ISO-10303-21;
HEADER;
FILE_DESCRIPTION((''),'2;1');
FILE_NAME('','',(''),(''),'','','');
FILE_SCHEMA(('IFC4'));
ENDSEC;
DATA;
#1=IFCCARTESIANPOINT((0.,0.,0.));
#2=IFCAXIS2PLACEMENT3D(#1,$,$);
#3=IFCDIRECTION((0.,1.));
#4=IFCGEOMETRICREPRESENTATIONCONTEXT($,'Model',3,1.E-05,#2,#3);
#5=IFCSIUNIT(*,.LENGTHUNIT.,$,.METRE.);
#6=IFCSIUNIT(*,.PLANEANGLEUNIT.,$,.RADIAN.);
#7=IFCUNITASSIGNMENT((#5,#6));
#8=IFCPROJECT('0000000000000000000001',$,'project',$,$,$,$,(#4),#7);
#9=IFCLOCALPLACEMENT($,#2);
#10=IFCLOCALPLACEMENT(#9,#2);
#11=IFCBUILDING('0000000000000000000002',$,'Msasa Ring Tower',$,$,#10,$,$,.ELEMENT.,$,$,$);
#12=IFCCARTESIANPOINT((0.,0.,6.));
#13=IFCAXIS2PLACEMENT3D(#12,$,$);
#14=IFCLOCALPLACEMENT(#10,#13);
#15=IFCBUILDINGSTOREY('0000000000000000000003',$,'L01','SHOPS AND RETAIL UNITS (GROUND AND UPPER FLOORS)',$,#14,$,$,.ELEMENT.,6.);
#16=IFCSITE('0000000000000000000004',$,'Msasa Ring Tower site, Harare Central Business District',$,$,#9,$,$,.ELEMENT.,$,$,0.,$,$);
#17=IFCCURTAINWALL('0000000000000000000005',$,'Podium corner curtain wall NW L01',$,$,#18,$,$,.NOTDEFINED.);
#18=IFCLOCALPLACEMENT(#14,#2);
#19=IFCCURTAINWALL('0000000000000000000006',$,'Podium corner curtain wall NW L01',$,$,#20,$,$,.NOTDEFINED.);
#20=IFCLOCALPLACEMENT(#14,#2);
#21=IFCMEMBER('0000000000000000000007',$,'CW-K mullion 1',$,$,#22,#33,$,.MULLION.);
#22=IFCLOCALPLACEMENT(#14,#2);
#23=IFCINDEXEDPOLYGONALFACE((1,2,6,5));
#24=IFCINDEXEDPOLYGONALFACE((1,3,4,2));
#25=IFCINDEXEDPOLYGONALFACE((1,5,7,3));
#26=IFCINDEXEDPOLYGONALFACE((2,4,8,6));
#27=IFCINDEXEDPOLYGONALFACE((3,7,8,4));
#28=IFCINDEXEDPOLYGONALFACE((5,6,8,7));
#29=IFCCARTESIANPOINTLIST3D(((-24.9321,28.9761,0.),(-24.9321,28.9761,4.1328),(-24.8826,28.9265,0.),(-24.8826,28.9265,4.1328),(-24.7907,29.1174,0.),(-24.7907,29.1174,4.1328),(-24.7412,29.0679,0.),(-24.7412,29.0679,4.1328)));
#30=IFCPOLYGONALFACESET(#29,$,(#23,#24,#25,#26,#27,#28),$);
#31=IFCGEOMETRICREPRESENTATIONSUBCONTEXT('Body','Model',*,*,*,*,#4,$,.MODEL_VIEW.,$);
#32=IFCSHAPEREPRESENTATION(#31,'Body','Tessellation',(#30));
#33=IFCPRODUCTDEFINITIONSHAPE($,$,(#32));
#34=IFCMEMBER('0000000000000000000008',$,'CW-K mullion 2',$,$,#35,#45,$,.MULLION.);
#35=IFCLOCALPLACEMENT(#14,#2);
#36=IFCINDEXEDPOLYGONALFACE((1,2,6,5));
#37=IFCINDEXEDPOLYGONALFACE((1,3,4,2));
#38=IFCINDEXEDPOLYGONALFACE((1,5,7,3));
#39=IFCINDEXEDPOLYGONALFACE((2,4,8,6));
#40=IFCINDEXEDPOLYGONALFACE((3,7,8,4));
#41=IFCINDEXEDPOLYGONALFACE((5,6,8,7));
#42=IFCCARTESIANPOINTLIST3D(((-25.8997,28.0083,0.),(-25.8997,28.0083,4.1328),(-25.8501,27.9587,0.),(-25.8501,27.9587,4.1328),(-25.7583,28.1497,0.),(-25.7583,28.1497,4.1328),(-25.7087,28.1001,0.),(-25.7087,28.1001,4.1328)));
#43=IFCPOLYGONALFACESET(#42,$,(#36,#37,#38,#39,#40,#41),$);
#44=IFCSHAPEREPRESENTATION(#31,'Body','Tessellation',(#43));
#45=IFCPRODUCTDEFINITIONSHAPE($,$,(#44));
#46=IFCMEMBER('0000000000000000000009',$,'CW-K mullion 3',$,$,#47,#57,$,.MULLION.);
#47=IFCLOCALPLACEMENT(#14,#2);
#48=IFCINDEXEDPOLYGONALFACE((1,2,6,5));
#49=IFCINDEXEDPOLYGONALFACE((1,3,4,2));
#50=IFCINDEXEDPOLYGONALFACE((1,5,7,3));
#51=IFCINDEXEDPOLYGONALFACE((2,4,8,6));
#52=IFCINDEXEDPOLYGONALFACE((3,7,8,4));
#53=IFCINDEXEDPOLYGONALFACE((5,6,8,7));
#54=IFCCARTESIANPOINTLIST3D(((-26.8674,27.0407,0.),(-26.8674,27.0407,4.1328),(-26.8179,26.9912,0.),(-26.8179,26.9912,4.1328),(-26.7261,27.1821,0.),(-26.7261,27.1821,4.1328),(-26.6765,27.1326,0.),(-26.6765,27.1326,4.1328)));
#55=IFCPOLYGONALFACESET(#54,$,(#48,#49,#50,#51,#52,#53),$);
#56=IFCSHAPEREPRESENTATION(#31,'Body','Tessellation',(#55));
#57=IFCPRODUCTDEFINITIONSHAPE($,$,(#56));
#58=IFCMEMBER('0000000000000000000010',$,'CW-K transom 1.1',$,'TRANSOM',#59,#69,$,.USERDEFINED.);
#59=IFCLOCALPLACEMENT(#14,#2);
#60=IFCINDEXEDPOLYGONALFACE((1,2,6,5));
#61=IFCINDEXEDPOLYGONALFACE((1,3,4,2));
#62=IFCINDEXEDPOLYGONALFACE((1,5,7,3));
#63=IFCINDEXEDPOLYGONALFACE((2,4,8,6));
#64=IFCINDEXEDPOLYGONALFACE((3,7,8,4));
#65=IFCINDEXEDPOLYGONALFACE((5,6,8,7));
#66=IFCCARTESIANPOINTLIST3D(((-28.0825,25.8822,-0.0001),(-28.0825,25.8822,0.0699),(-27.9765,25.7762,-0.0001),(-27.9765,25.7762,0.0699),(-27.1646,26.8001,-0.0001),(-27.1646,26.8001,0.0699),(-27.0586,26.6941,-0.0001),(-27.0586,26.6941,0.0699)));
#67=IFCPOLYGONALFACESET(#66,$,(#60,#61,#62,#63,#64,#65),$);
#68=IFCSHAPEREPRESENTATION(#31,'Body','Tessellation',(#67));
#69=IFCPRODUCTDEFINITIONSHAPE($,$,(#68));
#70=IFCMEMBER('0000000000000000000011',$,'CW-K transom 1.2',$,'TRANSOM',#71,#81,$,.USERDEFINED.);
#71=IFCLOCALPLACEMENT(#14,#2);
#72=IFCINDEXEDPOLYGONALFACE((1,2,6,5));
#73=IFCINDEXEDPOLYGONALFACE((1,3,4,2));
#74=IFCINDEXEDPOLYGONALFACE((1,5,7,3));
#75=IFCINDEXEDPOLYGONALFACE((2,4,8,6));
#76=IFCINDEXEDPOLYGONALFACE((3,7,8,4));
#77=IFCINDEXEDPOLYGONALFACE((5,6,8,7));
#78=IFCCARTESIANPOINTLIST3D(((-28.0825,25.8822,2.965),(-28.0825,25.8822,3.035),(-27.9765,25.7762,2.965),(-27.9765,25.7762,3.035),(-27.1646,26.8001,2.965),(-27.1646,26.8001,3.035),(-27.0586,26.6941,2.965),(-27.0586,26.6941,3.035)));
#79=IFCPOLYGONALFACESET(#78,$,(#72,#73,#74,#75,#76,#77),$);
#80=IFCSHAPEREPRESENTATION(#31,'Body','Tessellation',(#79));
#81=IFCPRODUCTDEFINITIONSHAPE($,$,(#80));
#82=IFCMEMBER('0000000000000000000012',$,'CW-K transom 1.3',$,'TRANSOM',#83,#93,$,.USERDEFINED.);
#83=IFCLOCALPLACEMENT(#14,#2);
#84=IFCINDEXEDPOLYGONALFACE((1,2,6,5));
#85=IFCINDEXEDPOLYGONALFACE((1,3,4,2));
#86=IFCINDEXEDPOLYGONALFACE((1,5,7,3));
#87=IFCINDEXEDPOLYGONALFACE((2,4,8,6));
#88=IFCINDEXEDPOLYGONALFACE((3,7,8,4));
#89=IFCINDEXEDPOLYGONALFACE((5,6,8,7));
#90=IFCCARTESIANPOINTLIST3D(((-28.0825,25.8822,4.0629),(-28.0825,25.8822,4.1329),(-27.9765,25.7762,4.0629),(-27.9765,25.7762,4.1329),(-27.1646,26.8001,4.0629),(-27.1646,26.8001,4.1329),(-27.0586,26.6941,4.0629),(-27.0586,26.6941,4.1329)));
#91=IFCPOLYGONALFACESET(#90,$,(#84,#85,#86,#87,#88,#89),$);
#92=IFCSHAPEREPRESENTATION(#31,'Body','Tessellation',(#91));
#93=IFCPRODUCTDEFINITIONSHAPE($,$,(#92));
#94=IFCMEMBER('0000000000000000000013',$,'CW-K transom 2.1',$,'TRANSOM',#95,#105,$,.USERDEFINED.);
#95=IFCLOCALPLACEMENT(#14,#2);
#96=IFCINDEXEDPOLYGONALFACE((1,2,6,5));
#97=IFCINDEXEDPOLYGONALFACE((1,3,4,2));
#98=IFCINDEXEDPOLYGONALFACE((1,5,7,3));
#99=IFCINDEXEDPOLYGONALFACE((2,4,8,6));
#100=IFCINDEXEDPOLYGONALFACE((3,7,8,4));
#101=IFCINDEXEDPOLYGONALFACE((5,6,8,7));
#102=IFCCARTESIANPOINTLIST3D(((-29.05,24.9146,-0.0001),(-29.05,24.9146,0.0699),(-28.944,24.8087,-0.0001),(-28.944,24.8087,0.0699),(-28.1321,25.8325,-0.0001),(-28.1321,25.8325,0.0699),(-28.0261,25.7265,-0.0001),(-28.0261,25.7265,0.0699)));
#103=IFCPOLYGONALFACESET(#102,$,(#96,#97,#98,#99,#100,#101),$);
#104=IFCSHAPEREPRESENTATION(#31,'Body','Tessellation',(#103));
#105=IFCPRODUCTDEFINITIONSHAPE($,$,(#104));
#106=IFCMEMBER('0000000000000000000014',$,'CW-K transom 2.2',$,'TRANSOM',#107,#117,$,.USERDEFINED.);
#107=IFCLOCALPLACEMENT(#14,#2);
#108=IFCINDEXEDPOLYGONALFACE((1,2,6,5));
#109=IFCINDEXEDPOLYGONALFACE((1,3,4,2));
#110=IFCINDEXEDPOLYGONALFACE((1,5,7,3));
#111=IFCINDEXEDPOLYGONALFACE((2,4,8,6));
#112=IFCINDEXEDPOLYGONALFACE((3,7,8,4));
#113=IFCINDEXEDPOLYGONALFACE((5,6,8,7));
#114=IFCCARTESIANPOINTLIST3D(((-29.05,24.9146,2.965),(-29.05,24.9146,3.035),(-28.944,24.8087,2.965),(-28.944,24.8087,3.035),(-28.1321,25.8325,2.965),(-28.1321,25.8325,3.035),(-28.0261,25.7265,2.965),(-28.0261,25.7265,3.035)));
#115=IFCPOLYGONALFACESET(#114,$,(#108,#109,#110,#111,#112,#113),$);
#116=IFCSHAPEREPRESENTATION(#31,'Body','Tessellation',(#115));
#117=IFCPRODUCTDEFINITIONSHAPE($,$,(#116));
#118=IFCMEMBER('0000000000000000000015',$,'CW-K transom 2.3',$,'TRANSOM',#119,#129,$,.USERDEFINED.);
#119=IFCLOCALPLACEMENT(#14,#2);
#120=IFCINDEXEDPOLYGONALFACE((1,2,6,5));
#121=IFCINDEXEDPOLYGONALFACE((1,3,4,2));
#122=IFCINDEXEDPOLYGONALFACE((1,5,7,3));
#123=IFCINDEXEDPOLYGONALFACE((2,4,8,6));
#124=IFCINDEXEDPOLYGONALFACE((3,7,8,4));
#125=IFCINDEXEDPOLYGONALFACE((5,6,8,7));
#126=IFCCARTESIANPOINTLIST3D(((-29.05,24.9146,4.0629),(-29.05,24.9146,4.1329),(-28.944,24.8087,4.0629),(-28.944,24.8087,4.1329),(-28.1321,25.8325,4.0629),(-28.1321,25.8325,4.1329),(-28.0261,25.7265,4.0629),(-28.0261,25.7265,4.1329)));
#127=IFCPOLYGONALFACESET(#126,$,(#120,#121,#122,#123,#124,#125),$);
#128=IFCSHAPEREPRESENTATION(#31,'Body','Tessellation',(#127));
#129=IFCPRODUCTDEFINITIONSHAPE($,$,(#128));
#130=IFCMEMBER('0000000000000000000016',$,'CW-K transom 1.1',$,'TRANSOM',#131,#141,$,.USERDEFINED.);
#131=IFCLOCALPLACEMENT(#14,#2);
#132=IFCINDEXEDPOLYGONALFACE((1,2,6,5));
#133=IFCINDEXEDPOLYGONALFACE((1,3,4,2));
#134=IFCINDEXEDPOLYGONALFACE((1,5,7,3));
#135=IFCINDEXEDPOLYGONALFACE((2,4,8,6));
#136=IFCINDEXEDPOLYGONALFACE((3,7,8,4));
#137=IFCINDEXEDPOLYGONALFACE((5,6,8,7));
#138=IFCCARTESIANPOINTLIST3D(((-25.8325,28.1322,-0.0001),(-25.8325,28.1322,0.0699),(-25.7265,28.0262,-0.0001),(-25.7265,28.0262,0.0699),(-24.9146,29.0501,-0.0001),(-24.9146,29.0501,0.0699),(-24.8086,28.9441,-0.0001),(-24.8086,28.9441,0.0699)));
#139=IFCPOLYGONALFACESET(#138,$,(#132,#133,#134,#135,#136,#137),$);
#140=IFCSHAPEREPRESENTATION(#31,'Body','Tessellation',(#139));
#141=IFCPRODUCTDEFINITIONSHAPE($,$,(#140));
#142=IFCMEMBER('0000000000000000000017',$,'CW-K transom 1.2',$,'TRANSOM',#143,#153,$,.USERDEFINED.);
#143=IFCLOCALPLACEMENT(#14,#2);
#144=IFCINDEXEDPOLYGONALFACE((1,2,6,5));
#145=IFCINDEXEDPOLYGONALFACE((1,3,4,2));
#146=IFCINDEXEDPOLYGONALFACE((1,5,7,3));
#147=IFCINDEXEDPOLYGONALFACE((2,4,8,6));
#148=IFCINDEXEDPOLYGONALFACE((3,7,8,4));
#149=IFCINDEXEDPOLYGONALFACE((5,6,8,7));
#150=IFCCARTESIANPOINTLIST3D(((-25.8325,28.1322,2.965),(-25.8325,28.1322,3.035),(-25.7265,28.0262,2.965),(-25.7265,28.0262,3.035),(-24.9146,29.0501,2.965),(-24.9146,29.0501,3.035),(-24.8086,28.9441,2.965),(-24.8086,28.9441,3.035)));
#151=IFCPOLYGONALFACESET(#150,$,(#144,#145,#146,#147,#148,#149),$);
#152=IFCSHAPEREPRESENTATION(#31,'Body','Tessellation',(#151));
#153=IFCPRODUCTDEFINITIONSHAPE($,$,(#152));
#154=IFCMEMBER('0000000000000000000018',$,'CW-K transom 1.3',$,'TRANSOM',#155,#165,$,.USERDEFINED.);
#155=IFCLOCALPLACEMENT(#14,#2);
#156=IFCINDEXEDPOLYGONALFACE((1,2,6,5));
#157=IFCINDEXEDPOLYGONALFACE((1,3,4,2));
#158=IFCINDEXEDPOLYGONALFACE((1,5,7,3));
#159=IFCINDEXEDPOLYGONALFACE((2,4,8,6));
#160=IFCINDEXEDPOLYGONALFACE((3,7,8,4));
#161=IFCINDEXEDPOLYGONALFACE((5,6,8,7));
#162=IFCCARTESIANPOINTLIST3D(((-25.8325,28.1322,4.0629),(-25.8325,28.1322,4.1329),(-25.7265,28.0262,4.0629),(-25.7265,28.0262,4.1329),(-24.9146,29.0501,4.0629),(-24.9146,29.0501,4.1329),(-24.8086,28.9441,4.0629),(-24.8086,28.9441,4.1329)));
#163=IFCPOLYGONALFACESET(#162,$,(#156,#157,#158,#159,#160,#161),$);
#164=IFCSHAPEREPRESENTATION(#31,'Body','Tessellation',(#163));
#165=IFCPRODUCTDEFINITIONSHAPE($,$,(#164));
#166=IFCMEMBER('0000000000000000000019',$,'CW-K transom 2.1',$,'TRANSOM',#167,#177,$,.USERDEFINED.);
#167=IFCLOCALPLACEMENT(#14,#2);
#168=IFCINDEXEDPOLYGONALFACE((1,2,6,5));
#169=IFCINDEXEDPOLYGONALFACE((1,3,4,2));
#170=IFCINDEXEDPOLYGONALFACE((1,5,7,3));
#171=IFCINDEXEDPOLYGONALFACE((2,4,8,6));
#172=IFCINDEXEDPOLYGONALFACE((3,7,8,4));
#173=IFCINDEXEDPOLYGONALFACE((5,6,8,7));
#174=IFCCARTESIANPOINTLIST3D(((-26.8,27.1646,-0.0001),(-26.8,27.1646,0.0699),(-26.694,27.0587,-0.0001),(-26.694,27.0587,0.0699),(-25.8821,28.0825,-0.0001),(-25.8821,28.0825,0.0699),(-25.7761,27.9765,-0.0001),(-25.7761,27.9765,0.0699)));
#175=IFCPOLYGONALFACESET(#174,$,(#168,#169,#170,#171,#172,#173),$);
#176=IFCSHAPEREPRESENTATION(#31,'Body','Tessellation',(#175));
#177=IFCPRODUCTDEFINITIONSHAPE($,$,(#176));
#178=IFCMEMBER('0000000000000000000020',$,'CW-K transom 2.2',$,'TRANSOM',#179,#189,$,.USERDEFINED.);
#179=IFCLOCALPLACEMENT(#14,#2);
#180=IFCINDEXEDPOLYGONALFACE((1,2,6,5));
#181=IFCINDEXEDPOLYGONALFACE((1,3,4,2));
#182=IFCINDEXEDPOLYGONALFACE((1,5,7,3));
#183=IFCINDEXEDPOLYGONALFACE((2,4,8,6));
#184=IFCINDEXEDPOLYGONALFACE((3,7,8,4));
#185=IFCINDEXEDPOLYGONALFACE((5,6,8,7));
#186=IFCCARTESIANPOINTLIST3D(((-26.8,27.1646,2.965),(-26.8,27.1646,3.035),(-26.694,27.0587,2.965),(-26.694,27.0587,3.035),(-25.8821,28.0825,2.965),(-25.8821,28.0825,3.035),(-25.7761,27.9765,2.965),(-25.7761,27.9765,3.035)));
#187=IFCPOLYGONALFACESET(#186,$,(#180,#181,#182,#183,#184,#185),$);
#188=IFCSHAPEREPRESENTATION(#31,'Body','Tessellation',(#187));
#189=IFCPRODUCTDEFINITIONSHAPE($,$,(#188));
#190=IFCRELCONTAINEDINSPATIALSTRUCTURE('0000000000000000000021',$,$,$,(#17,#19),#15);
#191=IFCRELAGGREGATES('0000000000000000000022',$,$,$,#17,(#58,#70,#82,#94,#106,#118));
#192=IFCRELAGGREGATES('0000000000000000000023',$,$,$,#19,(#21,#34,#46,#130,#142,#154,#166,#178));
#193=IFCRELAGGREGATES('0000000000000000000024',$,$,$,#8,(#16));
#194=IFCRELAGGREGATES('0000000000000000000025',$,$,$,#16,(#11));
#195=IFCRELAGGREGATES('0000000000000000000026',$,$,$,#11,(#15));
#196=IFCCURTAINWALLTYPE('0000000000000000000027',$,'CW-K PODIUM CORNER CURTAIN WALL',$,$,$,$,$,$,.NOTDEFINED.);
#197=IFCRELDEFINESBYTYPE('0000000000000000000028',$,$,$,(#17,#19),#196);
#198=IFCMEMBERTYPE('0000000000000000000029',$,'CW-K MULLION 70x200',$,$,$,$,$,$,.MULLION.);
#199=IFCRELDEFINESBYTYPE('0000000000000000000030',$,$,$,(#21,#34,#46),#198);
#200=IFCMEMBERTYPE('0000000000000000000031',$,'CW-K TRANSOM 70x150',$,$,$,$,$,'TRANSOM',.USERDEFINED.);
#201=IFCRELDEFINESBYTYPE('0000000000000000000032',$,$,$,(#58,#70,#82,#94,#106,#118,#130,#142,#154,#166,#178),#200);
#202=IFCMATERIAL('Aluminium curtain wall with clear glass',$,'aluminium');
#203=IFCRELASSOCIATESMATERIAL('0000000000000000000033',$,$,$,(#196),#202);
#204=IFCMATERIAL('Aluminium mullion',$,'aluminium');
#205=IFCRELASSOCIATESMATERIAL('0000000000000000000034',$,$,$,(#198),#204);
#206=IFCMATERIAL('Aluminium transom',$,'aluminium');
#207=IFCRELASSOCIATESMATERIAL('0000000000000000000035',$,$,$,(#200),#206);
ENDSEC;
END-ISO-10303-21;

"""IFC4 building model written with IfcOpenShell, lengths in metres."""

from ifc_helpers import new_model, si_unit, direction, frame, origin, origin_2d, place, context, subcontext, project, spatial, rectangle, extrude, material, material_profile, profile_set, type_object, element, aggregate, save


model = new_model("IFC4")

# Units and contexts
model_context = context("Model", 3, precision=1e-05, world=origin(), true_north=direction((0.0, 1.0)))
body_context = subcontext(model_context, "Body", "Model", "MODEL_VIEW")
ifc_project = project(units=[si_unit("LENGTHUNIT", "METRE"), si_unit("PLANEANGLEUNIT", "RADIAN")], contexts=[model_context])

# Site, building, storey
site_placement = place(None, origin())
site = spatial("IfcSite", under=ifc_project, at=site_placement, Name="Msasa Ring Tower site, Harare Central Business District", CompositionType="ELEMENT", RefElevation=0.0)
building_placement = place(site_placement, origin())
building = spatial("IfcBuilding", under=site, at=building_placement, Name="Msasa Ring Tower", CompositionType="ELEMENT")
storey_placement = place(building_placement, frame((0.0, 0.0, 6.0)))
storey = spatial("IfcBuildingStorey", under=building, at=storey_placement, Name="L01", Description="SHOPS AND RETAIL UNITS (GROUND AND UPPER FLOORS)", CompositionType="ELEMENT", Elevation=6.0)

# Curtain walls, members
ifc_material_1 = material(Name="Aluminium curtain wall with clear glass", Category="aluminium")
curtain_wall_type = type_object("IfcCurtainWallType", Name="CW-K PODIUM CORNER CURTAIN WALL", PredefinedType="NOTDEFINED", material=ifc_material_1)
curtain_wall_1_placement = place(storey_placement, origin())
curtain_wall_1 = element("IfcCurtainWall", 1, at=curtain_wall_1_placement, inside=storey, type_object=curtain_wall_type, Name="Podium corner curtain wall NW L01", PredefinedType="NOTDEFINED")
ifc_material_2 = material(Name="Aluminium mullion", Category="aluminium")
ifc_material_profile_1 = material_profile(ifc_material_2, rectangle(XDim=0.0701, YDim=0.2, at=origin_2d()), Name="AL 70x200")
ifc_profile_set_1 = profile_set([ifc_material_profile_1], Name="Aluminium mullion")
member_type_1 = type_object("IfcMemberType", Name="CW-K MULLION 70x200", PredefinedType="MULLION", material=ifc_profile_set_1)
curtain_wall_2_placement = place(storey_placement, origin())
curtain_wall_2 = element("IfcCurtainWall", 2, at=curtain_wall_2_placement, inside=storey, type_object=curtain_wall_type, Name="Podium corner curtain wall NW L01", PredefinedType="NOTDEFINED")
member_1_placement = place(storey_placement, frame((-24.8367, 29.022, 0.0), z_axis=(0.0, 0.0, 1.0), x_axis=(0.707107, -0.707107, 0.0)))
member_1 = element("IfcMember", 3, at=member_1_placement, type_object=member_type_1, Name="CW-K mullion 1", PredefinedType="MULLION", context=body_context, shape_type="SweptSolid", body=[
    extrude(rectangle(XDim=0.0701, YDim=0.2, at=origin_2d()), origin(), (0.0, 0.0, 1.0), 4.1328),
])
member_2_placement = place(storey_placement, frame((-25.8042, 28.0542, 0.0), z_axis=(0.0, 0.0, 1.0), x_axis=(0.707107, -0.707107, 0.0)))
member_2 = element("IfcMember", 4, at=member_2_placement, type_object=member_type_1, Name="CW-K mullion 2", PredefinedType="MULLION", context=body_context, shape_type="SweptSolid", body=[
    extrude(rectangle(XDim=0.0701, YDim=0.2, at=origin_2d()), origin(), (0.0, 0.0, 1.0), 4.1328),
])
member_3_placement = place(storey_placement, frame((-26.772, 27.0867, 0.0), z_axis=(0.0, 0.0, 1.0), x_axis=(0.707107, -0.707107, 0.0)))
member_3 = element("IfcMember", 5, at=member_3_placement, type_object=member_type_1, Name="CW-K mullion 3", PredefinedType="MULLION", context=body_context, shape_type="SweptSolid", body=[
    extrude(rectangle(XDim=0.0701, YDim=0.2, at=origin_2d()), origin(), (0.0, 0.0, 1.0), 4.1328),
])

# Members
ifc_material_3 = material(Name="Aluminium transom", Category="aluminium")
ifc_material_profile_2 = material_profile(ifc_material_3, rectangle(XDim=0.1499, YDim=0.0701, at=origin_2d()), Name="AL 70x150")
ifc_profile_set_2 = profile_set([ifc_material_profile_2], Name="Aluminium transom")
member_type_2 = type_object("IfcMemberType", Name="CW-K TRANSOM 70x150", ElementType="TRANSOM", PredefinedType="USERDEFINED", material=ifc_profile_set_2)
member_4_placement = place(storey_placement, frame((-27.1116, 26.7471, 0.0349), z_axis=(-0.707107, -0.707107, 0.0), x_axis=(0.707107, -0.707107, 0.0)))
member_4 = element("IfcMember", 6, at=member_4_placement, type_object=member_type_2, Name="CW-K transom 1.1", ObjectType="TRANSOM", PredefinedType="USERDEFINED", context=body_context, shape_type="SweptSolid", body=[
    extrude(rectangle(XDim=0.1499, YDim=0.0701, at=origin_2d()), origin(), (0.0, 0.0, 1.0), 1.2981),
])
member_5_placement = place(storey_placement, frame((-27.1116, 26.7471, 3.0), z_axis=(-0.707107, -0.707107, 0.0), x_axis=(0.707107, -0.707107, 0.0)))
member_5 = element("IfcMember", 7, at=member_5_placement, type_object=member_type_2, Name="CW-K transom 1.2", ObjectType="TRANSOM", PredefinedType="USERDEFINED", context=body_context, shape_type="SweptSolid", body=[
    extrude(rectangle(XDim=0.1499, YDim=0.0701, at=origin_2d()), origin(), (0.0, 0.0, 1.0), 1.2981),
])
member_6_placement = place(storey_placement, frame((-27.1116, 26.7471, 4.0979), z_axis=(-0.707107, -0.707107, 0.0), x_axis=(0.707107, -0.707107, 0.0)))
member_6 = element("IfcMember", 8, at=member_6_placement, type_object=member_type_2, Name="CW-K transom 1.3", ObjectType="TRANSOM", PredefinedType="USERDEFINED", context=body_context, shape_type="SweptSolid", body=[
    extrude(rectangle(XDim=0.1499, YDim=0.0701, at=origin_2d()), origin(), (0.0, 0.0, 1.0), 1.2981),
])
member_7_placement = place(storey_placement, frame((-28.0791, 25.7795, 0.0349), z_axis=(-0.707107, -0.707107, 0.0), x_axis=(0.707107, -0.707107, 0.0)))
member_7 = element("IfcMember", 9, at=member_7_placement, type_object=member_type_2, Name="CW-K transom 2.1", ObjectType="TRANSOM", PredefinedType="USERDEFINED", context=body_context, shape_type="SweptSolid", body=[
    extrude(rectangle(XDim=0.1499, YDim=0.0701, at=origin_2d()), origin(), (0.0, 0.0, 1.0), 1.2981),
])
member_8_placement = place(storey_placement, frame((-28.0791, 25.7795, 3.0), z_axis=(-0.707107, -0.707107, 0.0), x_axis=(0.707107, -0.707107, 0.0)))
member_8 = element("IfcMember", 10, at=member_8_placement, type_object=member_type_2, Name="CW-K transom 2.2", ObjectType="TRANSOM", PredefinedType="USERDEFINED", context=body_context, shape_type="SweptSolid", body=[
    extrude(rectangle(XDim=0.1499, YDim=0.0701, at=origin_2d()), origin(), (0.0, 0.0, 1.0), 1.2981),
])
member_9_placement = place(storey_placement, frame((-28.0791, 25.7795, 4.0979), z_axis=(-0.707107, -0.707107, 0.0), x_axis=(0.707107, -0.707107, 0.0)))
member_9 = element("IfcMember", 11, at=member_9_placement, type_object=member_type_2, Name="CW-K transom 2.3", ObjectType="TRANSOM", PredefinedType="USERDEFINED", context=body_context, shape_type="SweptSolid", body=[
    extrude(rectangle(XDim=0.1499, YDim=0.0701, at=origin_2d()), origin(), (0.0, 0.0, 1.0), 1.2981),
])
member_10_placement = place(storey_placement, frame((-24.8616, 28.9971, 0.0349), z_axis=(-0.707107, -0.707107, 0.0), x_axis=(0.707107, -0.707107, 0.0)))
member_10 = element("IfcMember", 12, at=member_10_placement, type_object=member_type_2, Name="CW-K transom 1.1", ObjectType="TRANSOM", PredefinedType="USERDEFINED", context=body_context, shape_type="SweptSolid", body=[
    extrude(rectangle(XDim=0.1499, YDim=0.0701, at=origin_2d()), origin(), (0.0, 0.0, 1.0), 1.2981),
])
member_11_placement = place(storey_placement, frame((-24.8616, 28.9971, 3.0), z_axis=(-0.707107, -0.707107, 0.0), x_axis=(0.707107, -0.707107, 0.0)))
member_11 = element("IfcMember", 13, at=member_11_placement, type_object=member_type_2, Name="CW-K transom 1.2", ObjectType="TRANSOM", PredefinedType="USERDEFINED", context=body_context, shape_type="SweptSolid", body=[
    extrude(rectangle(XDim=0.1499, YDim=0.0701, at=origin_2d()), origin(), (0.0, 0.0, 1.0), 1.2981),
])
member_12_placement = place(storey_placement, frame((-24.8616, 28.9971, 4.0979), z_axis=(-0.707107, -0.707107, 0.0), x_axis=(0.707107, -0.707107, 0.0)))
member_12 = element("IfcMember", 14, at=member_12_placement, type_object=member_type_2, Name="CW-K transom 1.3", ObjectType="TRANSOM", PredefinedType="USERDEFINED", context=body_context, shape_type="SweptSolid", body=[
    extrude(rectangle(XDim=0.1499, YDim=0.0701, at=origin_2d()), origin(), (0.0, 0.0, 1.0), 1.2981),
])
member_13_placement = place(storey_placement, frame((-25.8291, 28.0295, 0.0349), z_axis=(-0.707107, -0.707107, 0.0), x_axis=(0.707107, -0.707107, 0.0)))
member_13 = element("IfcMember", 15, at=member_13_placement, type_object=member_type_2, Name="CW-K transom 2.1", ObjectType="TRANSOM", PredefinedType="USERDEFINED", context=body_context, shape_type="SweptSolid", body=[
    extrude(rectangle(XDim=0.1499, YDim=0.0701, at=origin_2d()), origin(), (0.0, 0.0, 1.0), 1.2981),
])
member_14_placement = place(storey_placement, frame((-25.8291, 28.0295, 3.0), z_axis=(-0.707107, -0.707107, 0.0), x_axis=(0.707107, -0.707107, 0.0)))
member_14 = element("IfcMember", 16, at=member_14_placement, type_object=member_type_2, Name="CW-K transom 2.2", ObjectType="TRANSOM", PredefinedType="USERDEFINED", context=body_context, shape_type="SweptSolid", body=[
    extrude(rectangle(XDim=0.1499, YDim=0.0701, at=origin_2d()), origin(), (0.0, 0.0, 1.0), 1.2981),
])

aggregate(curtain_wall_1, [member_4, member_5, member_6, member_7, member_8, member_9])
aggregate(curtain_wall_2, [member_1, member_2, member_3, member_10, member_11, member_12, member_13, member_14])

save(model, "model.ifc")
